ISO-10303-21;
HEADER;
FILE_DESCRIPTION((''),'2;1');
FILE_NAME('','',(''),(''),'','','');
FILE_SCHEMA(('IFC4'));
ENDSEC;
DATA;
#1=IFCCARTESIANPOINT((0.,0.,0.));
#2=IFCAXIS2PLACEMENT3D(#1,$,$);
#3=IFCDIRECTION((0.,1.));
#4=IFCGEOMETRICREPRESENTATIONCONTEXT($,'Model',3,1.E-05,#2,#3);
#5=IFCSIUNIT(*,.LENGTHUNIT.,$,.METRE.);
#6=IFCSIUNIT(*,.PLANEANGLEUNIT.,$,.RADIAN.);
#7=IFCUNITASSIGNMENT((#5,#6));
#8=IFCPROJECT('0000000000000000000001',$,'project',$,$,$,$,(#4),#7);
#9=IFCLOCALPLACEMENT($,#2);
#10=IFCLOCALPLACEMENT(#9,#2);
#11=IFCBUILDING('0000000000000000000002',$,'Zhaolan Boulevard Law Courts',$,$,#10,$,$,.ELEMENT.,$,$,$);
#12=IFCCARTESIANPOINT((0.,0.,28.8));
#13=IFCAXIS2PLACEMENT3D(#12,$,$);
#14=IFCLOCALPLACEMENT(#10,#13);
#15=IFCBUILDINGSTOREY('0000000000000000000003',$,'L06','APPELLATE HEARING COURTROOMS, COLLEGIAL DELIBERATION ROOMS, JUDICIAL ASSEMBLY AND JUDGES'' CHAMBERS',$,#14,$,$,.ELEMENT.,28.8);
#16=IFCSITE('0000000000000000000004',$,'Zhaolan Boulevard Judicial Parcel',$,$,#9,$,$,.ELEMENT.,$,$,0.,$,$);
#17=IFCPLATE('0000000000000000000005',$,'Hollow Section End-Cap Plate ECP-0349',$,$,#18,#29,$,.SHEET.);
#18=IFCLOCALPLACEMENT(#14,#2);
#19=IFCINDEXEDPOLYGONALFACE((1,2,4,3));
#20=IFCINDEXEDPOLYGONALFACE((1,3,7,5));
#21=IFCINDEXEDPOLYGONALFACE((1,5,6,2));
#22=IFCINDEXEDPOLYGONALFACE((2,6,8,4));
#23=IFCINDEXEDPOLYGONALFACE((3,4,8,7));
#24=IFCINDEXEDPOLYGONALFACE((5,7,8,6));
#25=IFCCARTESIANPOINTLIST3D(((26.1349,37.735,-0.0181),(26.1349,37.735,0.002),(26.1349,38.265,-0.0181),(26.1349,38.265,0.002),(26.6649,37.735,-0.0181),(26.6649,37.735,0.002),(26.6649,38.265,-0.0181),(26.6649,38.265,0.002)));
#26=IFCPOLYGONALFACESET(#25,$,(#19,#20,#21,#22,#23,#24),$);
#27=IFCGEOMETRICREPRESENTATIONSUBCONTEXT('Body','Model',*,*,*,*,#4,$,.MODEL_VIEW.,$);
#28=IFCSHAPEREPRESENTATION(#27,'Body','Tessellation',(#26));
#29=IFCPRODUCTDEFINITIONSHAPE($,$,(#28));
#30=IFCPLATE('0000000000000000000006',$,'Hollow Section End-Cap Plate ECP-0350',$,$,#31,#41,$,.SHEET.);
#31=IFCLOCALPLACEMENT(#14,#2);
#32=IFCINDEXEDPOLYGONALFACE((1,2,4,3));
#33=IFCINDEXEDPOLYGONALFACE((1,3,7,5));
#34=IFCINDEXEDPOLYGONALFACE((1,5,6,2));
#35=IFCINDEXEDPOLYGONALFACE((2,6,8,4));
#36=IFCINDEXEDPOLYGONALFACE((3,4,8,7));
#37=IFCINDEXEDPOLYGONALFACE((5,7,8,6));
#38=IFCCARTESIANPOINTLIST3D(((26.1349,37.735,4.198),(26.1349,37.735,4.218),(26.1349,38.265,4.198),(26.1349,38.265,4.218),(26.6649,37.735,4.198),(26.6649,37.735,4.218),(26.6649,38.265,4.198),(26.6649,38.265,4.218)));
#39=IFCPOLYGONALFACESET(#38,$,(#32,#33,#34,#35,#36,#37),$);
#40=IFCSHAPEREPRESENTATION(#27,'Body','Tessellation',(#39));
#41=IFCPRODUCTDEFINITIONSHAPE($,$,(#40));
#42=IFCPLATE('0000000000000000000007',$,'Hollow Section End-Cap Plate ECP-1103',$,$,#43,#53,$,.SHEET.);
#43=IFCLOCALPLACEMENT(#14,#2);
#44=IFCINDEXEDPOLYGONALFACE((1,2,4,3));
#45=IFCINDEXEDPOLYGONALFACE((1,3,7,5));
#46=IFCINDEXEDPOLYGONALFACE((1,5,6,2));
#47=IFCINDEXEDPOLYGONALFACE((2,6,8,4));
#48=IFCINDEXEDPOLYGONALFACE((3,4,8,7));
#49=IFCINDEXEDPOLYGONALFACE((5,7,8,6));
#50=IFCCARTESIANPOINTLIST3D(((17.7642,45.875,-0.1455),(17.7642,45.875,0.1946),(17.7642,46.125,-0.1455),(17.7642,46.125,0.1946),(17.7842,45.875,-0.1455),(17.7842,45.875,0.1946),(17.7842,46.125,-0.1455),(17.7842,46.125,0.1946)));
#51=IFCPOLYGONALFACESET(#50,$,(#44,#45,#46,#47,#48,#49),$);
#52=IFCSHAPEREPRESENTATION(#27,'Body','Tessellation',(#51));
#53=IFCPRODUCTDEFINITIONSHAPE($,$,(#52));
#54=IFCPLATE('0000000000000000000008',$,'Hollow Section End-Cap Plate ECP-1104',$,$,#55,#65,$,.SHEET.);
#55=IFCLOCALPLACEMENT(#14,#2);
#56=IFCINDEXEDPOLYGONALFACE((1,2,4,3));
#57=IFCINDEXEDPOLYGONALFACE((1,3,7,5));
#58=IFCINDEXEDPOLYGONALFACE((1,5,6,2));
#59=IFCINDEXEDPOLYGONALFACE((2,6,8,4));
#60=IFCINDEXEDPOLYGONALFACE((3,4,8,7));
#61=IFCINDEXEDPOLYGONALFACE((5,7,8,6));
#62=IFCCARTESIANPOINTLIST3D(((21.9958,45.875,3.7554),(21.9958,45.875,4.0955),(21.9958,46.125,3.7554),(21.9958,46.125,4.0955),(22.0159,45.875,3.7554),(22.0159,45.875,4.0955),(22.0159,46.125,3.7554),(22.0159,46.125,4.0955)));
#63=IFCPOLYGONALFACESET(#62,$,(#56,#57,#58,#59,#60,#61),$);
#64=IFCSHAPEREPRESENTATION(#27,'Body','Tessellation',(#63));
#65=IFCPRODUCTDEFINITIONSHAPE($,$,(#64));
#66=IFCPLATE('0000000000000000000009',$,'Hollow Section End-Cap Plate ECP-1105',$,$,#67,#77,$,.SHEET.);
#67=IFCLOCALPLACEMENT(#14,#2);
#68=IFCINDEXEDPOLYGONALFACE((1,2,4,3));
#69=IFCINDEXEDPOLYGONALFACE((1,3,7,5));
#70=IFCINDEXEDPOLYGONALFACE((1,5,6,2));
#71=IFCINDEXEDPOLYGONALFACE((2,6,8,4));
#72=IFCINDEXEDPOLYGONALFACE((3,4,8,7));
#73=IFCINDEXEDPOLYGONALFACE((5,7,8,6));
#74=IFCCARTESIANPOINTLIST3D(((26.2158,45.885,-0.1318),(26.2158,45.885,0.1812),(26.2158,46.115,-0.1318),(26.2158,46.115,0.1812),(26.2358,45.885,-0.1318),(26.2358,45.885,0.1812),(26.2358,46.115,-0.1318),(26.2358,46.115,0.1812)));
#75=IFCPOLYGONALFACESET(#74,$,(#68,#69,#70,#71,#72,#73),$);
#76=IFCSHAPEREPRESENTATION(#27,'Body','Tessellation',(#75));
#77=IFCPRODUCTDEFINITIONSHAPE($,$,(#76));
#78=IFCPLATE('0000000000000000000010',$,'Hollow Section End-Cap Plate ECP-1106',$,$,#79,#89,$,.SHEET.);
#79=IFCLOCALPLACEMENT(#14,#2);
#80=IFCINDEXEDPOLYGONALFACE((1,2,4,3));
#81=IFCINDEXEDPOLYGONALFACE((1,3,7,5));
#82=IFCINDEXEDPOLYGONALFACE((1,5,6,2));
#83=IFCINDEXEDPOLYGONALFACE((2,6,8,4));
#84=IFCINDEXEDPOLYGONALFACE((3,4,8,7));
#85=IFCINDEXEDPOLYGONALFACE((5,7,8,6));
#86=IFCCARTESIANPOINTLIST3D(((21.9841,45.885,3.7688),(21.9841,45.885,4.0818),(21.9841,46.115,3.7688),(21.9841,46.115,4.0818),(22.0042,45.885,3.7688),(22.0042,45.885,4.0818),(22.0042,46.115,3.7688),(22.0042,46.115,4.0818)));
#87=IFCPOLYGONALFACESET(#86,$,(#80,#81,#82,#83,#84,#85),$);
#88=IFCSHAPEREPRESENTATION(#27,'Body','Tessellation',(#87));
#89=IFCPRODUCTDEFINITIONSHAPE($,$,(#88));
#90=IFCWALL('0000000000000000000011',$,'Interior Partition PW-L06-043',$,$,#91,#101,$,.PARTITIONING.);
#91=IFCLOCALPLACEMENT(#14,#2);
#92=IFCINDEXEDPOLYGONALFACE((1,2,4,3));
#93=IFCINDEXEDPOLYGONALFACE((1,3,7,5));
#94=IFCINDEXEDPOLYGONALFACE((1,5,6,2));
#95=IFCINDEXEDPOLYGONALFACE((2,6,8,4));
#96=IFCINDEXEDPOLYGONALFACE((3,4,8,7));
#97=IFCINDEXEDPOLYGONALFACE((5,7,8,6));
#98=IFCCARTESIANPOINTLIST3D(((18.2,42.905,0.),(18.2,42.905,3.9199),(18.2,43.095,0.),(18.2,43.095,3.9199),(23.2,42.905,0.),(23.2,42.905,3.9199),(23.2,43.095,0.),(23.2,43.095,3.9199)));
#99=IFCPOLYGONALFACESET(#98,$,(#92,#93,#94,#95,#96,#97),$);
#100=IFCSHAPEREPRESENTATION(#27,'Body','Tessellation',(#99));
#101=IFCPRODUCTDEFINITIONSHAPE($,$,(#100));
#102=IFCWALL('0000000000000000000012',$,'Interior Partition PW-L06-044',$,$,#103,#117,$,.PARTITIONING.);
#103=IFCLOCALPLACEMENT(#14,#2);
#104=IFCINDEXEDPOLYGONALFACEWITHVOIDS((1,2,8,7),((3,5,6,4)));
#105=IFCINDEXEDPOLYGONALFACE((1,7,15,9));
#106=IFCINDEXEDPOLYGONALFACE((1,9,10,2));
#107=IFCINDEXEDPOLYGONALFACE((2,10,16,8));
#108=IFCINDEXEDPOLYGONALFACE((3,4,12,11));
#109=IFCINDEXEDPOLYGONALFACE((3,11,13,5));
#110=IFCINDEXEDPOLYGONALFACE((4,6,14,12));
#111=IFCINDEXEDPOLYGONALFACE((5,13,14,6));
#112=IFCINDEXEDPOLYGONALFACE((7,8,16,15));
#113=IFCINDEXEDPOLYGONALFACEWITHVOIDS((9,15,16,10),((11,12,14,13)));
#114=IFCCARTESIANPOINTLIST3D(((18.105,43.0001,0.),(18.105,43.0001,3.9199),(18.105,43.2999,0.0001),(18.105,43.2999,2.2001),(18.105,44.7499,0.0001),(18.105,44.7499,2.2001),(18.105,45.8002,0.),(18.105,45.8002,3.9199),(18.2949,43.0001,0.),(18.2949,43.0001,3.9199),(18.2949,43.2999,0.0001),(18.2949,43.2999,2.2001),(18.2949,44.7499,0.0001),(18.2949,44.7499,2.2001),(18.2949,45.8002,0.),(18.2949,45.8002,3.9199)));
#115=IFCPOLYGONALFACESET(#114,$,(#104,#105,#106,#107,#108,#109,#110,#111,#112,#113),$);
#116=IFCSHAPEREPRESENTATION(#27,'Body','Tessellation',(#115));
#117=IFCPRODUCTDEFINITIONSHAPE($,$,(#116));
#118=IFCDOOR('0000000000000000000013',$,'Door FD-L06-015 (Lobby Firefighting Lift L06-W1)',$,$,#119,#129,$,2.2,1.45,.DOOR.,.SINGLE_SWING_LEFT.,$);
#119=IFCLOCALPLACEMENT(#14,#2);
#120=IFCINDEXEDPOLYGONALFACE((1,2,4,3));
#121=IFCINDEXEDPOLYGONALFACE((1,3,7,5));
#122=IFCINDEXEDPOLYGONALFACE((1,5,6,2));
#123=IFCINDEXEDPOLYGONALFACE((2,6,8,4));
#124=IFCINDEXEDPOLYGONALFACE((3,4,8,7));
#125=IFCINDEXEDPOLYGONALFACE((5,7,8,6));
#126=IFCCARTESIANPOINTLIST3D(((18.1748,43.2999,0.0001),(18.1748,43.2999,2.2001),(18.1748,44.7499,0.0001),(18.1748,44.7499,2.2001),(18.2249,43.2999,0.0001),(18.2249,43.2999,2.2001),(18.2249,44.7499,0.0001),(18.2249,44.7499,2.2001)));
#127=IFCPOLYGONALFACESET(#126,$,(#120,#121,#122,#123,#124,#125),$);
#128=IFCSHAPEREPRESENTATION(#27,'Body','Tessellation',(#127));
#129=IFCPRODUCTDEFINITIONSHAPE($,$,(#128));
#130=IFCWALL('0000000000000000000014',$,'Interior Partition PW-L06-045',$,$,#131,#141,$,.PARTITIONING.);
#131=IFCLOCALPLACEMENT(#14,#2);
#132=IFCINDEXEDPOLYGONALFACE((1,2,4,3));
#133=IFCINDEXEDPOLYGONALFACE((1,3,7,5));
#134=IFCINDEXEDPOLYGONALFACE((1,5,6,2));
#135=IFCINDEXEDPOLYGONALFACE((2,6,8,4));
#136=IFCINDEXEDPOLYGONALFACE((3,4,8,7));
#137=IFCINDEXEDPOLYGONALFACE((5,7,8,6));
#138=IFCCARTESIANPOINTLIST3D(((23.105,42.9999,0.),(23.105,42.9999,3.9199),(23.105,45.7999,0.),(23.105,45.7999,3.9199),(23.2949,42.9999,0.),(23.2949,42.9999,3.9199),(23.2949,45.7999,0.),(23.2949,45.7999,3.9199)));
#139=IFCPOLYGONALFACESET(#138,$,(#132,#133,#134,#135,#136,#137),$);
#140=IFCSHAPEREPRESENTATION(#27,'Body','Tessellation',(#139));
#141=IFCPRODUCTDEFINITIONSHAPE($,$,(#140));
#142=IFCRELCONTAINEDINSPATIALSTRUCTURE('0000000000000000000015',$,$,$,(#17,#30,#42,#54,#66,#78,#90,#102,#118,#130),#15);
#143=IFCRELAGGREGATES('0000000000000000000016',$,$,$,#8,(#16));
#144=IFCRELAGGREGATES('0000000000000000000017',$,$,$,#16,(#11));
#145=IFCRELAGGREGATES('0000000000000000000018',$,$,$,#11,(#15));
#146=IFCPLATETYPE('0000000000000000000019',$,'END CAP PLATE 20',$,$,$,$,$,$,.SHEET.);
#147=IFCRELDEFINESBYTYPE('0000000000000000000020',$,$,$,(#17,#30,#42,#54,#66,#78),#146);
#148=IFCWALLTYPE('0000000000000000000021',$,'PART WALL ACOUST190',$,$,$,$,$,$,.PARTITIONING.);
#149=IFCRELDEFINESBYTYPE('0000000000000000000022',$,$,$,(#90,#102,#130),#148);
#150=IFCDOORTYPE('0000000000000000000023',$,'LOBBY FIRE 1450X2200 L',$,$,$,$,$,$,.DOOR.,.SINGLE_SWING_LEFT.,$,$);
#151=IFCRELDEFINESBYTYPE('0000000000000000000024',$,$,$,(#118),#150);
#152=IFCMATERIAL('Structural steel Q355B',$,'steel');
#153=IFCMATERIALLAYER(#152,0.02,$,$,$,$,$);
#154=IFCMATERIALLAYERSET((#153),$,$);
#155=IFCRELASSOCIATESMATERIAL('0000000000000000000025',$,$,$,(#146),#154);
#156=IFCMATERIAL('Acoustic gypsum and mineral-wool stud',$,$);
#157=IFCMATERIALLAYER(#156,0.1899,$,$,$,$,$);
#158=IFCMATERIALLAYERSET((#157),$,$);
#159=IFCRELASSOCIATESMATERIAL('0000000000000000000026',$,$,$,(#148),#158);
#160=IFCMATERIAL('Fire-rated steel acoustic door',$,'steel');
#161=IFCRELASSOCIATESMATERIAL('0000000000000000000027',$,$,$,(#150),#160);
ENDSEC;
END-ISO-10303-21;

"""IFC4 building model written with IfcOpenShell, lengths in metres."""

from ifc_helpers import new_model, si_unit, direction, frame, frame_2d, origin, origin_2d, place, context, subcontext, project, spatial, rectangle, extrude, material, layer, layer_set, type_object, element, fill, save


model = new_model("IFC4")

# Units and contexts
model_context = context("Model", 3, precision=1e-05, world=origin(), true_north=direction((0.0, 1.0)))
body_context = subcontext(model_context, "Body", "Model", "MODEL_VIEW")
ifc_project = project(units=[si_unit("LENGTHUNIT", "METRE"), si_unit("PLANEANGLEUNIT", "RADIAN")], contexts=[model_context])

# Site, building, storey
site_placement = place(None, origin())
site = spatial("IfcSite", under=ifc_project, at=site_placement, Name="Zhaolan Boulevard Judicial Parcel", CompositionType="ELEMENT", RefElevation=0.0)
building_placement = place(site_placement, origin())
building = spatial("IfcBuilding", under=site, at=building_placement, Name="Zhaolan Boulevard Law Courts", CompositionType="ELEMENT")
storey_placement = place(building_placement, frame((0.0, 0.0, 28.8)))
storey = spatial("IfcBuildingStorey", under=building, at=storey_placement, Name="L06", Description="APPELLATE HEARING COURTROOMS, COLLEGIAL DELIBERATION ROOMS, JUDICIAL ASSEMBLY AND JUDGES' CHAMBERS", CompositionType="ELEMENT", Elevation=28.8)

# Plates
ifc_material_1 = material(Name="Structural steel Q355B", Category="steel")
ifc_layer_1 = layer(ifc_material_1, 0.02)
ifc_layer_set_1 = layer_set([ifc_layer_1])
plate_type_1 = type_object("IfcPlateType", Name="END CAP PLATE 20", PredefinedType="SHEET", material=ifc_layer_set_1)
for number, where, z_axis, x_axis, name in (
    (1, (26.3999, 38.0, -0.0181), (0.0, 0.0, 1.0), (1.0, 0.0, 0.0), "Hollow Section End-Cap Plate ECP-0349"),
    (2, (26.3999, 38.0, 4.198), (0.0, 0.0, 1.0), (1.0, 0.0, 0.0), "Hollow Section End-Cap Plate ECP-0350"),
):
    element("IfcPlate", number, at=place(storey_placement, frame(where, z_axis=z_axis, x_axis=x_axis)), inside=storey, type_object=plate_type_1, Name=name, PredefinedType="SHEET", context=body_context, shape_type="SweptSolid", body=[
        extrude(rectangle(XDim=0.53, YDim=0.53, at=origin_2d()), origin(), (0.0, 0.0, 1.0), 0.02),
    ])
for number, where, z_axis, x_axis, name in (
    (3, (17.7742, 46.0, -0.1455), (0.0, 0.0, 1.0), (1.0, 0.0, 0.0), "Hollow Section End-Cap Plate ECP-1103"),
    (4, (22.0059, 46.0, 3.7554), (0.0, 0.0, 1.0), (1.0, 0.0, 0.0), "Hollow Section End-Cap Plate ECP-1104"),
):
    element("IfcPlate", number, at=place(storey_placement, frame(where, z_axis=z_axis, x_axis=x_axis)), inside=storey, type_object=plate_type_1, Name=name, PredefinedType="SHEET", context=body_context, shape_type="SweptSolid", body=[
        extrude(rectangle(XDim=0.02, YDim=0.25, at=origin_2d()), origin(), (0.0, 0.0, 1.0), 0.3401),
    ])
for number, where, z_axis, x_axis, name in (
    (5, (26.2258, 46.0, -0.1318), (0.0, 0.0, 1.0), (-1.0, 0.0, 0.0), "Hollow Section End-Cap Plate ECP-1105"),
    (6, (21.9941, 46.0, 3.7688), (0.0, 0.0, 1.0), (-1.0, 0.0, 0.0), "Hollow Section End-Cap Plate ECP-1106"),
):
    element("IfcPlate", number, at=place(storey_placement, frame(where, z_axis=z_axis, x_axis=x_axis)), inside=storey, type_object=plate_type_1, Name=name, PredefinedType="SHEET", context=body_context, shape_type="SweptSolid", body=[
        extrude(rectangle(XDim=0.02, YDim=0.23, at=origin_2d()), origin(), (0.0, 0.0, 1.0), 0.313),
    ])

# Wall
ifc_material_2 = material(Name="Acoustic gypsum and mineral-wool stud")
ifc_layer_2 = layer(ifc_material_2, 0.1899)
ifc_layer_set_2 = layer_set([ifc_layer_2])
wall_type = type_object("IfcWallType", Name="PART WALL ACOUST190", PredefinedType="PARTITIONING", material=ifc_layer_set_2)
wall_1_placement = place(storey_placement, frame((18.2, 43.0, 0.0), z_axis=(0.0, 0.0, 1.0), x_axis=(1.0, 0.0, 0.0)))
element("IfcWall", 7, at=wall_1_placement, inside=storey, type_object=wall_type, Name="Interior Partition PW-L06-043", PredefinedType="PARTITIONING", context=body_context, shape_type="SweptSolid", body=[
    extrude(rectangle(XDim=5.0, YDim=0.1899, at=frame_2d((2.5, 0.0))), origin(), (0.0, 0.0, 1.0), 3.9199),
])

# Wall, opening, door
wall_2_placement = place(storey_placement, frame((18.2, 45.8, 0.0), z_axis=(0.0, 0.0, 1.0), x_axis=(0.0, -1.0, 0.0)))
wall_2 = element("IfcWall", 8, at=wall_2_placement, inside=storey, type_object=wall_type, Name="Interior Partition PW-L06-044", PredefinedType="PARTITIONING", context=body_context, shape_type="SweptSolid", body=[
    extrude(rectangle(XDim=2.8, YDim=0.1899, at=frame_2d((1.3999, 0.0))), origin(), (0.0, 0.0, 1.0), 3.9199),
])
opening_placement = place(wall_2_placement, frame((1.05, 0.0, 0.0)))
opening = element("IfcOpeningElement", 9, at=opening_placement, cuts=wall_2, PredefinedType="OPENING", context=body_context, shape_type="SweptSolid", body=[
    extrude(rectangle(XDim=1.45, YDim=2.2, at=frame_2d((0.7251, 1.1001))), frame((0.0, 0.105, 0.0), z_axis=(0.0, -1.0, 0.0), x_axis=(1.0, 0.0, 0.0)), (0.0, 0.0, 1.0), 0.21),
])
ifc_material_3 = material(Name="Fire-rated steel acoustic door", Category="steel")
door_type = type_object("IfcDoorType", Name="LOBBY FIRE 1450X2200 L", OperationType="SINGLE_SWING_LEFT", PredefinedType="DOOR", material=ifc_material_3)
door_placement = place(opening_placement, origin())
door = element("IfcDoor", 10, at=door_placement, inside=storey, type_object=door_type, Name="Door FD-L06-015 (Lobby Firefighting Lift L06-W1)", OperationType="SINGLE_SWING_LEFT", OverallHeight=2.2, OverallWidth=1.45, PredefinedType="DOOR", context=body_context, shape_type="SweptSolid", body=[
    extrude(rectangle(XDim=1.45, YDim=2.2, at=frame_2d((0.7251, 1.1001))), frame((0.0, 0.0249, 0.0), z_axis=(0.0, -1.0, 0.0), x_axis=(1.0, 0.0, 0.0)), (0.0, 0.0, 1.0), 0.05),
])
fill(opening, door)

# Wall
wall_3_placement = place(storey_placement, frame((23.2, 43.0, 0.0), z_axis=(0.0, 0.0, 1.0), x_axis=(0.0, 1.0, 0.0)))
element("IfcWall", 11, at=wall_3_placement, inside=storey, type_object=wall_type, Name="Interior Partition PW-L06-045", PredefinedType="PARTITIONING", context=body_context, shape_type="SweptSolid", body=[
    extrude(rectangle(XDim=2.8, YDim=0.1899, at=frame_2d((1.3999, 0.0))), origin(), (0.0, 0.0, 1.0), 3.9199),
])

save(model, "model.ifc")
